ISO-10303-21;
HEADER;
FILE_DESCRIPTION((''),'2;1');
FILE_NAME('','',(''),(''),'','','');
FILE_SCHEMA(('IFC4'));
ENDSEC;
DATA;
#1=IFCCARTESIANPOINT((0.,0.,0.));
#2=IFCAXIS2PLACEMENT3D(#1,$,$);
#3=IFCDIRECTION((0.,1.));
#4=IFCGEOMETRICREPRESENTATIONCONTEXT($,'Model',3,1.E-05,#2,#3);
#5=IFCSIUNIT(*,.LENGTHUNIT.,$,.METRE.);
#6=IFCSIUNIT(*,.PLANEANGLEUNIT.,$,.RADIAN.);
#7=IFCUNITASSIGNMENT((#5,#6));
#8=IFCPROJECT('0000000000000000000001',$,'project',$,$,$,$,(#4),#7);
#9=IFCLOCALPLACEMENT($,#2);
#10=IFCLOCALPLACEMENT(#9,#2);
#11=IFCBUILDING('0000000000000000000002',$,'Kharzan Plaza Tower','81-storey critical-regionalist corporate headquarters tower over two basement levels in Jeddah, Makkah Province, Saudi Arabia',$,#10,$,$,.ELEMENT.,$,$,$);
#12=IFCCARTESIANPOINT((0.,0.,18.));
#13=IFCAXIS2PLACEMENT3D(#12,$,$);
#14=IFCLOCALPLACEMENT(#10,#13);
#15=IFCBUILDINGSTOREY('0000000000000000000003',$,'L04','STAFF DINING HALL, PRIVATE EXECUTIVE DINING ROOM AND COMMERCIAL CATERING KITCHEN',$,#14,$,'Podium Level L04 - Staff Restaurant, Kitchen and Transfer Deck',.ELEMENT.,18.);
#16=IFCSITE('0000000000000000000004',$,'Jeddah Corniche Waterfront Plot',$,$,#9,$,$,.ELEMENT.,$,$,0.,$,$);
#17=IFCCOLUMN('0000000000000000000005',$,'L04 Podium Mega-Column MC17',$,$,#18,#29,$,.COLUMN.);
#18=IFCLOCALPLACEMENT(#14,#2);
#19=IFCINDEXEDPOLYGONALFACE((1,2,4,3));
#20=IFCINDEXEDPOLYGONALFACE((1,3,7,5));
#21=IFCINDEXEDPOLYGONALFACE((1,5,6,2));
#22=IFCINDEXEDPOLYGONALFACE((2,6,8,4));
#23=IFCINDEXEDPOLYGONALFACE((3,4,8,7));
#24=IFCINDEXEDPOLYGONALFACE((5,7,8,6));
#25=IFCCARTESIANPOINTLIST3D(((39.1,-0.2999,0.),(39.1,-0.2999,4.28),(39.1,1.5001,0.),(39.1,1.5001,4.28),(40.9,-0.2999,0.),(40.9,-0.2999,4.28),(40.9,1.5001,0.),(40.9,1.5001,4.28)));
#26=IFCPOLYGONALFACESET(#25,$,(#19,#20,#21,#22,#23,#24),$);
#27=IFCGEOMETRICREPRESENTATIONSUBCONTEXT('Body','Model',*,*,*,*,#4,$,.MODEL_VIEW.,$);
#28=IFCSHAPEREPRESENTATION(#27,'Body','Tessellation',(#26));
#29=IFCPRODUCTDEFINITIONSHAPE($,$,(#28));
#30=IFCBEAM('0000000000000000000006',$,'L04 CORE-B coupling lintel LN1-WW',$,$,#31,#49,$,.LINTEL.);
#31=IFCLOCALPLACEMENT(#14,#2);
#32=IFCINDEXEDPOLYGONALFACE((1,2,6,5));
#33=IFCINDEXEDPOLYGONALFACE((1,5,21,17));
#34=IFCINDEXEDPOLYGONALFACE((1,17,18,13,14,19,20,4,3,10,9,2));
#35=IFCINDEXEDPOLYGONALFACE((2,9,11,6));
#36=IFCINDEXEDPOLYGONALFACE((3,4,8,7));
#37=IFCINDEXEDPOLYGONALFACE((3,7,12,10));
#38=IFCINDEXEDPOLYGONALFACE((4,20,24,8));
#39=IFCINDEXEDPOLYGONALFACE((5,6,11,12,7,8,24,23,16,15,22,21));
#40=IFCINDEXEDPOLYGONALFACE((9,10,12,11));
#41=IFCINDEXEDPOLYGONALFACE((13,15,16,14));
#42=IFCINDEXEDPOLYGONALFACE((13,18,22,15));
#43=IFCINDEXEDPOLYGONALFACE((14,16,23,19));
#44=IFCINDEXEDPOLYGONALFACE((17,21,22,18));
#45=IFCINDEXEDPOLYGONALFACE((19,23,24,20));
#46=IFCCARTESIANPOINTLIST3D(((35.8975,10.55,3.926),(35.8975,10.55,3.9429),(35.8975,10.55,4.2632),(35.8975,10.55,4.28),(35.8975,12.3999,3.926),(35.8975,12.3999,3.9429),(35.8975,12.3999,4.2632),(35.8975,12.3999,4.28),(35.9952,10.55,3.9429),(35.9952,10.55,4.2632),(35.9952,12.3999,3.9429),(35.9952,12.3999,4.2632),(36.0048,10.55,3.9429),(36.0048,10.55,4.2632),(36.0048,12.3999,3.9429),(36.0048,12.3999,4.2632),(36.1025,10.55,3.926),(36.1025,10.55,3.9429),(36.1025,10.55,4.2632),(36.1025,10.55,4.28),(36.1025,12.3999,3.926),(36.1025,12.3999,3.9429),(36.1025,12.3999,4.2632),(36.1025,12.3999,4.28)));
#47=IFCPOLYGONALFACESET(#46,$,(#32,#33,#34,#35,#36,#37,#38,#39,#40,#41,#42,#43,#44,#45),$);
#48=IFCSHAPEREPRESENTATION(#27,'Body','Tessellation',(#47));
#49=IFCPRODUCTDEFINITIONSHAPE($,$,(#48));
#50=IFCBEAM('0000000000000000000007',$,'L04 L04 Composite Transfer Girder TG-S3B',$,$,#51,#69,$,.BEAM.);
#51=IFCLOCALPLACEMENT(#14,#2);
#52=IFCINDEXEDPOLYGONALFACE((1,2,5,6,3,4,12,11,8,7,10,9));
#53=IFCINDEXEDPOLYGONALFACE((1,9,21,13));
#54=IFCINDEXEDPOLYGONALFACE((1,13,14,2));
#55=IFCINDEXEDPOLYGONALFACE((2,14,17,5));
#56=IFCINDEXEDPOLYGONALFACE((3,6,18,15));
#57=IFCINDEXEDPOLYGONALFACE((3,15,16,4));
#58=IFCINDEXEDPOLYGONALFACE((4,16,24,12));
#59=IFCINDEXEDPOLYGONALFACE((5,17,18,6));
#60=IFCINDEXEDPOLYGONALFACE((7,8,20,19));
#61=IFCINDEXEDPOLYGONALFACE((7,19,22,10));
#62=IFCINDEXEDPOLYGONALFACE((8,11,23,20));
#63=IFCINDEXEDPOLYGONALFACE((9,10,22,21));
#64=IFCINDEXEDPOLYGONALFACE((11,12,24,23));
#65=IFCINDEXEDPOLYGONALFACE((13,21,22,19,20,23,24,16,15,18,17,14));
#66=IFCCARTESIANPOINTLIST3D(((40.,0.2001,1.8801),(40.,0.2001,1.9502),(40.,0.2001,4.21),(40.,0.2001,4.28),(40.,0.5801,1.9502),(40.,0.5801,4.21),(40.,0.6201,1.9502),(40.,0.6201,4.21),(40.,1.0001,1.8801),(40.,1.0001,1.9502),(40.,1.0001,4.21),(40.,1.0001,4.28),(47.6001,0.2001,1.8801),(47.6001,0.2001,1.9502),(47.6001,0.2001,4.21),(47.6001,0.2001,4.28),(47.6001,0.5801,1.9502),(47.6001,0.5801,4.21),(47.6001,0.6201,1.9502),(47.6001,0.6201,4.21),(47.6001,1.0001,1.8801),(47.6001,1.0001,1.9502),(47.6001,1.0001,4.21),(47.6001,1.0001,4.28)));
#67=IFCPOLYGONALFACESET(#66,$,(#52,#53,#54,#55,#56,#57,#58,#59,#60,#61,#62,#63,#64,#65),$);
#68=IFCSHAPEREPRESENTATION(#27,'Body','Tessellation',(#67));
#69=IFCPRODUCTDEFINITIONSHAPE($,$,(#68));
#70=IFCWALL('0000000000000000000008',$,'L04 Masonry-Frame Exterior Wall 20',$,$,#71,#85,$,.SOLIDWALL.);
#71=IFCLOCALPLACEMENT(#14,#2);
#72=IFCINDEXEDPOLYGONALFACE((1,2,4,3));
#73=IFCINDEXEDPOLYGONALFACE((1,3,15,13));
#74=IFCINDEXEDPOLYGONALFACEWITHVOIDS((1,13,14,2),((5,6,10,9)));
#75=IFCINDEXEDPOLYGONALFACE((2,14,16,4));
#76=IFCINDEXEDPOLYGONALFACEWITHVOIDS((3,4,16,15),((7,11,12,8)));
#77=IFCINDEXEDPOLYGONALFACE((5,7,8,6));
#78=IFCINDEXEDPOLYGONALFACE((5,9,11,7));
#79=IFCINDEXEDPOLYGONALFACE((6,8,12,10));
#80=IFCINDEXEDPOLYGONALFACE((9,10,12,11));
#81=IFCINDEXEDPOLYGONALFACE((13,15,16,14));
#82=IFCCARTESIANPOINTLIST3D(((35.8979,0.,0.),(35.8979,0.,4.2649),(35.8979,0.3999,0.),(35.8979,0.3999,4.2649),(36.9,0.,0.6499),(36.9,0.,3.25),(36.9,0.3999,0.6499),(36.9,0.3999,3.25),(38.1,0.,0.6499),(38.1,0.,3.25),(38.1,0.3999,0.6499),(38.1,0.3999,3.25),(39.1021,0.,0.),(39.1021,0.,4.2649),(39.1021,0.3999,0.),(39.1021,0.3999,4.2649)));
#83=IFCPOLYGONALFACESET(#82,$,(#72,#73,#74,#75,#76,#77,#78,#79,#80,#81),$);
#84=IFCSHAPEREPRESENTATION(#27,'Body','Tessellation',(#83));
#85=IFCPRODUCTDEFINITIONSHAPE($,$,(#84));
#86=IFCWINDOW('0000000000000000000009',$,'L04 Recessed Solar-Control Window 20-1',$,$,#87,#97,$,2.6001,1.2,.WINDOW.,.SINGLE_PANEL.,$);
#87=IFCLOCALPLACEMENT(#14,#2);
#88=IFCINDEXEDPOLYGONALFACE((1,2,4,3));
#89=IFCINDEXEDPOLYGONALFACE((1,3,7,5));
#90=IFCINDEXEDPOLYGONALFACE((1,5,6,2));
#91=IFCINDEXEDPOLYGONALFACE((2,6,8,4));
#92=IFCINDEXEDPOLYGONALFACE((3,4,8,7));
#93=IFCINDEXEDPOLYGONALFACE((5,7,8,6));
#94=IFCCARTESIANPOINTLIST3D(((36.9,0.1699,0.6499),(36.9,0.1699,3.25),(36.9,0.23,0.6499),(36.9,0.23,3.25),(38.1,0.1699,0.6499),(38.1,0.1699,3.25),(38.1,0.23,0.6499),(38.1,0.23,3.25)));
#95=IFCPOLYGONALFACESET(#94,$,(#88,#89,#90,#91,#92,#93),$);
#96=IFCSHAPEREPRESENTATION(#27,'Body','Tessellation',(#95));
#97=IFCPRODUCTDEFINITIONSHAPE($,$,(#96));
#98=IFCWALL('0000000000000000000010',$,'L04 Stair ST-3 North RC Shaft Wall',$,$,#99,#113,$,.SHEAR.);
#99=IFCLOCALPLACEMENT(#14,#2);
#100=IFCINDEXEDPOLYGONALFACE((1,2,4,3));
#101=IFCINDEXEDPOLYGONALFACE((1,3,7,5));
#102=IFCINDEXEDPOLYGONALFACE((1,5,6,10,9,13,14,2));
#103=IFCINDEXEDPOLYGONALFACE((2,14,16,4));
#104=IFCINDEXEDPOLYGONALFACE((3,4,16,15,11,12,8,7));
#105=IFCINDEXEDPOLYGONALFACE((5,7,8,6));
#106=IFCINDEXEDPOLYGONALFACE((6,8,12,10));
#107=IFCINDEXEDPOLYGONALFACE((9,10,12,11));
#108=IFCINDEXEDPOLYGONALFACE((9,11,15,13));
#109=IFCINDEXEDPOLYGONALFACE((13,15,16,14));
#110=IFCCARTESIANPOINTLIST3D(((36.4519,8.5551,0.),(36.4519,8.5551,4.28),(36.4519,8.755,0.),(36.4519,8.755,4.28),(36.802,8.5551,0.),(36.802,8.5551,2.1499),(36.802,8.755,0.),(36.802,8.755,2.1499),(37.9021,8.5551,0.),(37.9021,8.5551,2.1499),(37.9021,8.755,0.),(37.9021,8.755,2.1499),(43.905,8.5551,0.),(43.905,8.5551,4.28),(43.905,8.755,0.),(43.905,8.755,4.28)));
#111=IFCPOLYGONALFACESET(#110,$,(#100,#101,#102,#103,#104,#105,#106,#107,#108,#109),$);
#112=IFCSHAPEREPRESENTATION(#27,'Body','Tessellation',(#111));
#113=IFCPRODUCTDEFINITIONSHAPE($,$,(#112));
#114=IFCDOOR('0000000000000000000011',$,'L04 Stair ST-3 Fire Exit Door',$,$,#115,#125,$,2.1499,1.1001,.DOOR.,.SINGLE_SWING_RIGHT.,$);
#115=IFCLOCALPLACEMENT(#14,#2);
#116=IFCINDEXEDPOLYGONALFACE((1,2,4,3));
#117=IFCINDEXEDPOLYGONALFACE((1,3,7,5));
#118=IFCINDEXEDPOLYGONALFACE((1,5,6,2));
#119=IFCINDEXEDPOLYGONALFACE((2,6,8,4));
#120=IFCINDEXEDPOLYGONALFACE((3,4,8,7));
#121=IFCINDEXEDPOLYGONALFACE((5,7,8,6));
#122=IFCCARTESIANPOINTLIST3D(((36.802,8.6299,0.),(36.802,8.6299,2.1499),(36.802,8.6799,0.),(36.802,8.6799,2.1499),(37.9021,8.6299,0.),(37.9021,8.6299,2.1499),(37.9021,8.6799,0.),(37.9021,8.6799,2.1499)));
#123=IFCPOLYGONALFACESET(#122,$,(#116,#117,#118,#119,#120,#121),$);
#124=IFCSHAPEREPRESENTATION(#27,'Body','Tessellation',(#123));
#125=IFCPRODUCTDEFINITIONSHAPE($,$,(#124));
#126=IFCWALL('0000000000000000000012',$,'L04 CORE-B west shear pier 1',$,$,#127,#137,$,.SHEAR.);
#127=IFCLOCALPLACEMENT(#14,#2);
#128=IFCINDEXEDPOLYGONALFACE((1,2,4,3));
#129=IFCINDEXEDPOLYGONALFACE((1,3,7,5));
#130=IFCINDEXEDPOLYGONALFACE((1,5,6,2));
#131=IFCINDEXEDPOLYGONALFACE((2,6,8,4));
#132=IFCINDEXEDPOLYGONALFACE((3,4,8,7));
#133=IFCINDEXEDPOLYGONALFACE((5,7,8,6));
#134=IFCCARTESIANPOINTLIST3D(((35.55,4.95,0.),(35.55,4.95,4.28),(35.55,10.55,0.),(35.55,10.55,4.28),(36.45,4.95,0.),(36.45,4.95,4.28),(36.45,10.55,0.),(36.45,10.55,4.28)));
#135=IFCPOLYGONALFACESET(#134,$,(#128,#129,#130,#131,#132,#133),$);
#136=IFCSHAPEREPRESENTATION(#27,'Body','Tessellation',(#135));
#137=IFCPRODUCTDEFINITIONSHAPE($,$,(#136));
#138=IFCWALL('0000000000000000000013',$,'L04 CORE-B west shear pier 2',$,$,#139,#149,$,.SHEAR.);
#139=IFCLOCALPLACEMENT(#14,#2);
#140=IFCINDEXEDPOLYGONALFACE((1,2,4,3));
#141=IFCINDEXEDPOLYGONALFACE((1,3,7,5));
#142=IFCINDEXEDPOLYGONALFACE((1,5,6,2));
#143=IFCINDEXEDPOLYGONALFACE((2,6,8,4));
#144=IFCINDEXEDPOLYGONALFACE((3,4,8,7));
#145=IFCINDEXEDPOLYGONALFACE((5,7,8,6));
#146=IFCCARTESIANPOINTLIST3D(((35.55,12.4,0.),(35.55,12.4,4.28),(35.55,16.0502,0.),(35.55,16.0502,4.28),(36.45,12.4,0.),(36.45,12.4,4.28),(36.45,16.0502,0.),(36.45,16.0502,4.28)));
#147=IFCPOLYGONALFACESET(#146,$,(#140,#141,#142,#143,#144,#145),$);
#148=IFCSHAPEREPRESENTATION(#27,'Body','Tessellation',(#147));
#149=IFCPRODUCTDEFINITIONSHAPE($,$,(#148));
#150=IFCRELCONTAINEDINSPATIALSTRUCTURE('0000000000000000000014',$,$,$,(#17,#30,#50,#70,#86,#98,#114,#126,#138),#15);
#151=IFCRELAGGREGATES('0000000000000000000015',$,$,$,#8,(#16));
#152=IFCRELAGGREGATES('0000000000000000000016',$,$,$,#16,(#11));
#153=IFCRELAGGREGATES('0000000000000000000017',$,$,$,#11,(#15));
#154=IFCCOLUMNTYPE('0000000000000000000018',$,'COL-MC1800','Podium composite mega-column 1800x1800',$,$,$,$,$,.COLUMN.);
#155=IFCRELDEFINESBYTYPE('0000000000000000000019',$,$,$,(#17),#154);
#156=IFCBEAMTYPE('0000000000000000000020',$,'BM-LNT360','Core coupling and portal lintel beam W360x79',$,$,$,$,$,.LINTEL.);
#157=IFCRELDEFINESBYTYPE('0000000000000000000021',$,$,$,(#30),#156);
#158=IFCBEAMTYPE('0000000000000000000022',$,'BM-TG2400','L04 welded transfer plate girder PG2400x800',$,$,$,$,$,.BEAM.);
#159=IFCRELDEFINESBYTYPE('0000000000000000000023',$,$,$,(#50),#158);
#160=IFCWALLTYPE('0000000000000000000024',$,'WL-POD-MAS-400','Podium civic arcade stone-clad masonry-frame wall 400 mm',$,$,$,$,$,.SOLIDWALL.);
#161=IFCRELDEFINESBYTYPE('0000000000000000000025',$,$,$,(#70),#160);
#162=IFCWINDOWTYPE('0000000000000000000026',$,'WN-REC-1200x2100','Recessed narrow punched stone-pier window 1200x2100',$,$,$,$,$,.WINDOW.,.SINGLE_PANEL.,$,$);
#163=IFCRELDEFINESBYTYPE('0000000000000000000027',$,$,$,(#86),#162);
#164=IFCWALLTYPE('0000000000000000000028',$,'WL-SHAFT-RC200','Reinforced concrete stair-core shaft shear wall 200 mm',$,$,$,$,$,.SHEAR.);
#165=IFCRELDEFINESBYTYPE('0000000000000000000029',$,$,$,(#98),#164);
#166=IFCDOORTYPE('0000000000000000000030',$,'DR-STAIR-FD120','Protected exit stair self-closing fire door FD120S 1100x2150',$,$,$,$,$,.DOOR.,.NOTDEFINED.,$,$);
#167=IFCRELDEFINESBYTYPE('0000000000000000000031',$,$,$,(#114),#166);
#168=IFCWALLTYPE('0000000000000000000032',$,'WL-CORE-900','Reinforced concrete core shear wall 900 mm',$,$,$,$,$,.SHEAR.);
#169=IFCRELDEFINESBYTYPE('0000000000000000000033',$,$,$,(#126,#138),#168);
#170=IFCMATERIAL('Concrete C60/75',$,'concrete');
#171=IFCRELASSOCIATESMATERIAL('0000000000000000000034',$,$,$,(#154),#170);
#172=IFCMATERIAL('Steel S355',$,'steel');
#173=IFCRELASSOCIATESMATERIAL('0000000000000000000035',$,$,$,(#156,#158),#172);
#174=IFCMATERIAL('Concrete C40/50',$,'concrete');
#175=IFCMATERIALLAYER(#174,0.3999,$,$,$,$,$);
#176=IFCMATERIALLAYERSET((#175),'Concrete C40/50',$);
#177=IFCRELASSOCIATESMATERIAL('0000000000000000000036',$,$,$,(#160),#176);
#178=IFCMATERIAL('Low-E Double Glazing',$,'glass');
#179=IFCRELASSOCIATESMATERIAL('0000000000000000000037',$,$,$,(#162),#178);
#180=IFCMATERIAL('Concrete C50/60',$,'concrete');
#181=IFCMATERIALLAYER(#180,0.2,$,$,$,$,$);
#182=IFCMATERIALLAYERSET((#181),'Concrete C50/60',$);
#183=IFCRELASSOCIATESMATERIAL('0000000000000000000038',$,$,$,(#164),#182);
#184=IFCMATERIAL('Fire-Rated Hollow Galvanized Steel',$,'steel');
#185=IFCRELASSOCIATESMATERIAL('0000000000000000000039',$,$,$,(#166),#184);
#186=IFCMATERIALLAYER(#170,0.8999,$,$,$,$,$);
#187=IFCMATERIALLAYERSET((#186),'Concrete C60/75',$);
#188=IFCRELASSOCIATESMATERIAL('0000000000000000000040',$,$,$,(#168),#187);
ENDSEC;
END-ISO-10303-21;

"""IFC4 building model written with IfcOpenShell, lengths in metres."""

from ifc_helpers import new_model, si_unit, direction, frame, frame_2d, origin, origin_2d, place, context, subcontext, project, spatial, rectangle, i_section, extrude, source, transform, mapped, material, layer, layer_set, material_profile, profile_set, type_object, element, fill, save


model = new_model("IFC4")

# Units and contexts
model_context = context("Model", 3, precision=1e-05, world=origin(), true_north=direction((0.0, 1.0)))
body_context = subcontext(model_context, "Body", "Model", "MODEL_VIEW")
ifc_project = project(units=[si_unit("LENGTHUNIT", "METRE"), si_unit("PLANEANGLEUNIT", "RADIAN")], contexts=[model_context])

# Site, building, storey
site_placement = place(None, origin())
site = spatial("IfcSite", under=ifc_project, at=site_placement, Name="Jeddah Corniche Waterfront Plot", CompositionType="ELEMENT", RefElevation=0.0)
building_placement = place(site_placement, origin())
building = spatial("IfcBuilding", under=site, at=building_placement, Name="Kharzan Plaza Tower", Description="81-storey critical-regionalist corporate headquarters tower over two basement levels in Jeddah, Makkah Province, Saudi Arabia", CompositionType="ELEMENT")
storey_placement = place(building_placement, frame((0.0, 0.0, 18.0)))
storey = spatial("IfcBuildingStorey", under=building, at=storey_placement, Name="L04", Description="STAFF DINING HALL, PRIVATE EXECUTIVE DINING ROOM AND COMMERCIAL CATERING KITCHEN", LongName="Podium Level L04 - Staff Restaurant, Kitchen and Transfer Deck", CompositionType="ELEMENT", Elevation=18.0)

# Column
ifc_material_1 = material(Name="Concrete C60/75", Category="concrete")
ifc_material_profile_1 = material_profile(ifc_material_1, rectangle(XDim=1.8, YDim=1.8, at=origin_2d()), Name="RC-MC1800x1800")
ifc_profile_set_1 = profile_set([ifc_material_profile_1], Name="Concrete C60/75")
column_type = type_object("IfcColumnType", Name="COL-MC1800", Description="Podium composite mega-column 1800x1800", PredefinedType="COLUMN", material=ifc_profile_set_1)
shared_shape_1 = source(origin(), body_context, "Body", "SweptSolid", [
    extrude(rectangle(XDim=1.8, YDim=1.8, at=origin_2d()), origin(), (0.0, 0.0, 1.0), 4.28),
])
column_placement = place(storey_placement, frame((40.0, 0.6001, 0.0), z_axis=(0.0, 0.0, 1.0), x_axis=(1.0, 0.0, 0.0)))
element("IfcColumn", 1, at=column_placement, inside=storey, type_object=column_type, Name="L04 Podium Mega-Column MC17", PredefinedType="COLUMN", context=body_context, shape_type="MappedRepresentation", body=[
    mapped(shared_shape_1, transform((0.0, 0.0, 0.0), x_axis=(1.0, 0.0, 0.0), y_axis=(0.0, 1.0, 0.0), z_axis=(0.0, 0.0, 1.0))),
])

# Beams
ifc_material_2 = material(Name="Steel S355", Category="steel")
ifc_material_profile_2 = material_profile(ifc_material_2, i_section(OverallWidth=0.2051, OverallDepth=0.354, WebThickness=0.0095, FlangeThickness=0.0168, at=origin_2d()), Name="W360x79")
ifc_profile_set_2 = profile_set([ifc_material_profile_2], Name="Steel S355")
beam_type_1 = type_object("IfcBeamType", Name="BM-LNT360", Description="Core coupling and portal lintel beam W360x79", PredefinedType="LINTEL", material=ifc_profile_set_2)
shared_shape_2 = source(origin(), body_context, "Body", "SweptSolid", [
    extrude(i_section(OverallWidth=0.2051, OverallDepth=0.354, WebThickness=0.0095, FlangeThickness=0.0168, at=origin_2d()), origin(), (0.0, 0.0, 1.0), 1.8499),
])
beam_1_placement = place(storey_placement, frame((36.0, 10.55, 4.103), z_axis=(0.0, 1.0, 0.0), x_axis=(-1.0, 0.0, 0.0)))
element("IfcBeam", 2, at=beam_1_placement, inside=storey, type_object=beam_type_1, Name="L04 CORE-B coupling lintel LN1-WW", PredefinedType="LINTEL", context=body_context, shape_type="MappedRepresentation", body=[
    mapped(shared_shape_2, transform((0.0, 0.0, 0.0), x_axis=(1.0, 0.0, 0.0), y_axis=(0.0, 1.0, 0.0), z_axis=(0.0, 0.0, 1.0))),
])
ifc_material_profile_3 = material_profile(ifc_material_2, i_section(OverallWidth=0.8, OverallDepth=2.3999, WebThickness=0.04, FlangeThickness=0.0701, at=origin_2d()), Name="PG2400x800")
ifc_profile_set_3 = profile_set([ifc_material_profile_3], Name="Steel S355")
beam_type_2 = type_object("IfcBeamType", Name="BM-TG2400", Description="L04 welded transfer plate girder PG2400x800", PredefinedType="BEAM", material=ifc_profile_set_3)
shared_shape_3 = source(origin(), body_context, "Body", "SweptSolid", [
    extrude(i_section(OverallWidth=0.8, OverallDepth=2.3999, WebThickness=0.04, FlangeThickness=0.0701, at=origin_2d()), origin(), (0.0, 0.0, 1.0), 7.6001),
])
beam_2_placement = place(storey_placement, frame((40.0, 0.6001, 3.0801), z_axis=(1.0, 0.0, 0.0), x_axis=(0.0, 1.0, 0.0)))
element("IfcBeam", 3, at=beam_2_placement, inside=storey, type_object=beam_type_2, Name="L04 L04 Composite Transfer Girder TG-S3B", PredefinedType="BEAM", context=body_context, shape_type="MappedRepresentation", body=[
    mapped(shared_shape_3, transform((0.0, 0.0, 0.0), x_axis=(1.0, 0.0, 0.0), y_axis=(0.0, 1.0, 0.0), z_axis=(0.0, 0.0, 1.0))),
])

# Wall, opening, window
ifc_material_3 = material(Name="Concrete C40/50", Category="concrete")
ifc_layer_1 = layer(ifc_material_3, 0.3999)
ifc_layer_set_1 = layer_set([ifc_layer_1], Name="Concrete C40/50")
wall_type_1 = type_object("IfcWallType", Name="WL-POD-MAS-400", Description="Podium civic arcade stone-clad masonry-frame wall 400 mm", PredefinedType="SOLIDWALL", material=ifc_layer_set_1)
wall_1_placement = place(storey_placement, frame((35.8979, 0.2, 0.0), z_axis=(0.0, 0.0, 1.0), x_axis=(1.0, 0.0, 0.0)))
wall_1 = element("IfcWall", 4, at=wall_1_placement, inside=storey, type_object=wall_type_1, Name="L04 Masonry-Frame Exterior Wall 20", PredefinedType="SOLIDWALL", context=body_context, shape_type="SweptSolid", body=[
    extrude(rectangle(XDim=3.2041, YDim=0.3999, at=frame_2d((1.6021, 0.0))), origin(), (0.0, 0.0, 1.0), 4.2649),
])
opening_1_placement = place(wall_1_placement, frame((1.002, 0.0, 0.6499)))
opening_1 = element("IfcOpeningElement", 5, at=opening_1_placement, cuts=wall_1, PredefinedType="OPENING", context=body_context, shape_type="SweptSolid", body=[
    extrude(rectangle(XDim=1.2, YDim=2.6001, at=frame_2d((0.6001, 1.3))), frame((0.0, 0.21, 0.0), z_axis=(0.0, -1.0, 0.0), x_axis=(1.0, 0.0, 0.0)), (0.0, 0.0, 1.0), 0.4199),
])
ifc_material_4 = material(Name="Low-E Double Glazing", Category="glass")
window_type = type_object("IfcWindowType", Name="WN-REC-1200x2100", Description="Recessed narrow punched stone-pier window 1200x2100", PartitioningType="SINGLE_PANEL", PredefinedType="WINDOW", material=ifc_material_4)
shared_shape_4 = source(origin(), body_context, "Body", "SweptSolid", [
    extrude(rectangle(XDim=1.2, YDim=2.6001, at=frame_2d((0.6001, 1.3))), frame((0.0, 0.03, 0.0), z_axis=(0.0, -1.0, 0.0), x_axis=(1.0, 0.0, 0.0)), (0.0, 0.0, 1.0), 0.0601),
])
window_placement = place(opening_1_placement, origin())
window = element("IfcWindow", 6, at=window_placement, inside=storey, type_object=window_type, Name="L04 Recessed Solar-Control Window 20-1", OverallHeight=2.6001, OverallWidth=1.2, PartitioningType="SINGLE_PANEL", PredefinedType="WINDOW", context=body_context, shape_type="MappedRepresentation", body=[
    mapped(shared_shape_4, transform((0.0, 0.0, 0.0), x_axis=(1.0, 0.0, 0.0), y_axis=(0.0, 1.0, 0.0), z_axis=(0.0, 0.0, 1.0))),
])
fill(opening_1, window)

# Wall, opening, door
ifc_material_5 = material(Name="Concrete C50/60", Category="concrete")
ifc_layer_2 = layer(ifc_material_5, 0.2)
ifc_layer_set_2 = layer_set([ifc_layer_2], Name="Concrete C50/60")
wall_type_2 = type_object("IfcWallType", Name="WL-SHAFT-RC200", Description="Reinforced concrete stair-core shaft shear wall 200 mm", PredefinedType="SHEAR", material=ifc_layer_set_2)
wall_2_placement = place(storey_placement, frame((36.4519, 8.655, 0.0), z_axis=(0.0, 0.0, 1.0), x_axis=(1.0, 0.0, 0.0)))
wall_2 = element("IfcWall", 7, at=wall_2_placement, inside=storey, type_object=wall_type_2, Name="L04 Stair ST-3 North RC Shaft Wall", PredefinedType="SHEAR", context=body_context, shape_type="SweptSolid", body=[
    extrude(rectangle(XDim=7.4531, YDim=0.2, at=frame_2d((3.7266, 0.0))), origin(), (0.0, 0.0, 1.0), 4.28),
])
opening_2_placement = place(wall_2_placement, frame((0.3501, 0.0, 0.0)))
opening_2 = element("IfcOpeningElement", 8, at=opening_2_placement, cuts=wall_2, PredefinedType="OPENING", context=body_context, shape_type="SweptSolid", body=[
    extrude(rectangle(XDim=1.1001, YDim=2.1499, at=frame_2d((0.55, 1.075))), frame((0.0, 0.1099, 0.0), z_axis=(0.0, -1.0, 0.0), x_axis=(1.0, 0.0, 0.0)), (0.0, 0.0, 1.0), 0.22),
])
ifc_material_6 = material(Name="Fire-Rated Hollow Galvanized Steel", Category="steel")
door_type = type_object("IfcDoorType", Name="DR-STAIR-FD120", Description="Protected exit stair self-closing fire door FD120S 1100x2150", OperationType="NOTDEFINED", PredefinedType="DOOR", material=ifc_material_6)
shared_shape_5 = source(origin(), body_context, "Body", "SweptSolid", [
    extrude(rectangle(XDim=1.1001, YDim=2.1499, at=frame_2d((0.55, 1.075))), frame((0.0, 0.0249, 0.0), z_axis=(0.0, -1.0, 0.0), x_axis=(1.0, 0.0, 0.0)), (0.0, 0.0, 1.0), 0.05),
])
door_placement = place(opening_2_placement, origin())
door = element("IfcDoor", 9, at=door_placement, inside=storey, type_object=door_type, Name="L04 Stair ST-3 Fire Exit Door", OperationType="SINGLE_SWING_RIGHT", OverallHeight=2.1499, OverallWidth=1.1001, PredefinedType="DOOR", context=body_context, shape_type="MappedRepresentation", body=[
    mapped(shared_shape_5, transform((0.0, 0.0, 0.0), x_axis=(1.0, 0.0, 0.0), y_axis=(0.0, 1.0, 0.0), z_axis=(0.0, 0.0, 1.0))),
])
fill(opening_2, door)

# Walls
ifc_layer_3 = layer(ifc_material_1, 0.8999)
ifc_layer_set_3 = layer_set([ifc_layer_3], Name="Concrete C60/75")
wall_type_3 = type_object("IfcWallType", Name="WL-CORE-900", Description="Reinforced concrete core shear wall 900 mm", PredefinedType="SHEAR", material=ifc_layer_set_3)
shared_shape_6 = source(origin(), body_context, "Body", "SweptSolid", [
    extrude(rectangle(XDim=5.6001, YDim=0.8999, at=frame_2d((2.8, 0.0))), origin(), (0.0, 0.0, 1.0), 4.28),
])
wall_3_placement = place(storey_placement, frame((36.0, 4.95, 0.0), z_axis=(0.0, 0.0, 1.0), x_axis=(0.0, 1.0, 0.0)))
element("IfcWall", 10, at=wall_3_placement, inside=storey, type_object=wall_type_3, Name="L04 CORE-B west shear pier 1", PredefinedType="SHEAR", context=body_context, shape_type="MappedRepresentation", body=[
    mapped(shared_shape_6, transform((0.0, 0.0, 0.0), x_axis=(1.0, 0.0, 0.0), y_axis=(0.0, 1.0, 0.0), z_axis=(0.0, 0.0, 1.0))),
])
shared_shape_7 = source(origin(), body_context, "Body", "SweptSolid", [
    extrude(rectangle(XDim=3.6501, YDim=0.8999, at=frame_2d((1.8252, 0.0))), origin(), (0.0, 0.0, 1.0), 4.28),
])
wall_4_placement = place(storey_placement, frame((36.0, 12.3999, 0.0), z_axis=(0.0, 0.0, 1.0), x_axis=(0.0, 1.0, 0.0)))
element("IfcWall", 11, at=wall_4_placement, inside=storey, type_object=wall_type_3, Name="L04 CORE-B west shear pier 2", PredefinedType="SHEAR", context=body_context, shape_type="MappedRepresentation", body=[
    mapped(shared_shape_7, transform((0.0, 0.0, 0.0), x_axis=(1.0, 0.0, 0.0), y_axis=(0.0, 1.0, 0.0), z_axis=(0.0, 0.0, 1.0))),
])

save(model, "model.ifc")
